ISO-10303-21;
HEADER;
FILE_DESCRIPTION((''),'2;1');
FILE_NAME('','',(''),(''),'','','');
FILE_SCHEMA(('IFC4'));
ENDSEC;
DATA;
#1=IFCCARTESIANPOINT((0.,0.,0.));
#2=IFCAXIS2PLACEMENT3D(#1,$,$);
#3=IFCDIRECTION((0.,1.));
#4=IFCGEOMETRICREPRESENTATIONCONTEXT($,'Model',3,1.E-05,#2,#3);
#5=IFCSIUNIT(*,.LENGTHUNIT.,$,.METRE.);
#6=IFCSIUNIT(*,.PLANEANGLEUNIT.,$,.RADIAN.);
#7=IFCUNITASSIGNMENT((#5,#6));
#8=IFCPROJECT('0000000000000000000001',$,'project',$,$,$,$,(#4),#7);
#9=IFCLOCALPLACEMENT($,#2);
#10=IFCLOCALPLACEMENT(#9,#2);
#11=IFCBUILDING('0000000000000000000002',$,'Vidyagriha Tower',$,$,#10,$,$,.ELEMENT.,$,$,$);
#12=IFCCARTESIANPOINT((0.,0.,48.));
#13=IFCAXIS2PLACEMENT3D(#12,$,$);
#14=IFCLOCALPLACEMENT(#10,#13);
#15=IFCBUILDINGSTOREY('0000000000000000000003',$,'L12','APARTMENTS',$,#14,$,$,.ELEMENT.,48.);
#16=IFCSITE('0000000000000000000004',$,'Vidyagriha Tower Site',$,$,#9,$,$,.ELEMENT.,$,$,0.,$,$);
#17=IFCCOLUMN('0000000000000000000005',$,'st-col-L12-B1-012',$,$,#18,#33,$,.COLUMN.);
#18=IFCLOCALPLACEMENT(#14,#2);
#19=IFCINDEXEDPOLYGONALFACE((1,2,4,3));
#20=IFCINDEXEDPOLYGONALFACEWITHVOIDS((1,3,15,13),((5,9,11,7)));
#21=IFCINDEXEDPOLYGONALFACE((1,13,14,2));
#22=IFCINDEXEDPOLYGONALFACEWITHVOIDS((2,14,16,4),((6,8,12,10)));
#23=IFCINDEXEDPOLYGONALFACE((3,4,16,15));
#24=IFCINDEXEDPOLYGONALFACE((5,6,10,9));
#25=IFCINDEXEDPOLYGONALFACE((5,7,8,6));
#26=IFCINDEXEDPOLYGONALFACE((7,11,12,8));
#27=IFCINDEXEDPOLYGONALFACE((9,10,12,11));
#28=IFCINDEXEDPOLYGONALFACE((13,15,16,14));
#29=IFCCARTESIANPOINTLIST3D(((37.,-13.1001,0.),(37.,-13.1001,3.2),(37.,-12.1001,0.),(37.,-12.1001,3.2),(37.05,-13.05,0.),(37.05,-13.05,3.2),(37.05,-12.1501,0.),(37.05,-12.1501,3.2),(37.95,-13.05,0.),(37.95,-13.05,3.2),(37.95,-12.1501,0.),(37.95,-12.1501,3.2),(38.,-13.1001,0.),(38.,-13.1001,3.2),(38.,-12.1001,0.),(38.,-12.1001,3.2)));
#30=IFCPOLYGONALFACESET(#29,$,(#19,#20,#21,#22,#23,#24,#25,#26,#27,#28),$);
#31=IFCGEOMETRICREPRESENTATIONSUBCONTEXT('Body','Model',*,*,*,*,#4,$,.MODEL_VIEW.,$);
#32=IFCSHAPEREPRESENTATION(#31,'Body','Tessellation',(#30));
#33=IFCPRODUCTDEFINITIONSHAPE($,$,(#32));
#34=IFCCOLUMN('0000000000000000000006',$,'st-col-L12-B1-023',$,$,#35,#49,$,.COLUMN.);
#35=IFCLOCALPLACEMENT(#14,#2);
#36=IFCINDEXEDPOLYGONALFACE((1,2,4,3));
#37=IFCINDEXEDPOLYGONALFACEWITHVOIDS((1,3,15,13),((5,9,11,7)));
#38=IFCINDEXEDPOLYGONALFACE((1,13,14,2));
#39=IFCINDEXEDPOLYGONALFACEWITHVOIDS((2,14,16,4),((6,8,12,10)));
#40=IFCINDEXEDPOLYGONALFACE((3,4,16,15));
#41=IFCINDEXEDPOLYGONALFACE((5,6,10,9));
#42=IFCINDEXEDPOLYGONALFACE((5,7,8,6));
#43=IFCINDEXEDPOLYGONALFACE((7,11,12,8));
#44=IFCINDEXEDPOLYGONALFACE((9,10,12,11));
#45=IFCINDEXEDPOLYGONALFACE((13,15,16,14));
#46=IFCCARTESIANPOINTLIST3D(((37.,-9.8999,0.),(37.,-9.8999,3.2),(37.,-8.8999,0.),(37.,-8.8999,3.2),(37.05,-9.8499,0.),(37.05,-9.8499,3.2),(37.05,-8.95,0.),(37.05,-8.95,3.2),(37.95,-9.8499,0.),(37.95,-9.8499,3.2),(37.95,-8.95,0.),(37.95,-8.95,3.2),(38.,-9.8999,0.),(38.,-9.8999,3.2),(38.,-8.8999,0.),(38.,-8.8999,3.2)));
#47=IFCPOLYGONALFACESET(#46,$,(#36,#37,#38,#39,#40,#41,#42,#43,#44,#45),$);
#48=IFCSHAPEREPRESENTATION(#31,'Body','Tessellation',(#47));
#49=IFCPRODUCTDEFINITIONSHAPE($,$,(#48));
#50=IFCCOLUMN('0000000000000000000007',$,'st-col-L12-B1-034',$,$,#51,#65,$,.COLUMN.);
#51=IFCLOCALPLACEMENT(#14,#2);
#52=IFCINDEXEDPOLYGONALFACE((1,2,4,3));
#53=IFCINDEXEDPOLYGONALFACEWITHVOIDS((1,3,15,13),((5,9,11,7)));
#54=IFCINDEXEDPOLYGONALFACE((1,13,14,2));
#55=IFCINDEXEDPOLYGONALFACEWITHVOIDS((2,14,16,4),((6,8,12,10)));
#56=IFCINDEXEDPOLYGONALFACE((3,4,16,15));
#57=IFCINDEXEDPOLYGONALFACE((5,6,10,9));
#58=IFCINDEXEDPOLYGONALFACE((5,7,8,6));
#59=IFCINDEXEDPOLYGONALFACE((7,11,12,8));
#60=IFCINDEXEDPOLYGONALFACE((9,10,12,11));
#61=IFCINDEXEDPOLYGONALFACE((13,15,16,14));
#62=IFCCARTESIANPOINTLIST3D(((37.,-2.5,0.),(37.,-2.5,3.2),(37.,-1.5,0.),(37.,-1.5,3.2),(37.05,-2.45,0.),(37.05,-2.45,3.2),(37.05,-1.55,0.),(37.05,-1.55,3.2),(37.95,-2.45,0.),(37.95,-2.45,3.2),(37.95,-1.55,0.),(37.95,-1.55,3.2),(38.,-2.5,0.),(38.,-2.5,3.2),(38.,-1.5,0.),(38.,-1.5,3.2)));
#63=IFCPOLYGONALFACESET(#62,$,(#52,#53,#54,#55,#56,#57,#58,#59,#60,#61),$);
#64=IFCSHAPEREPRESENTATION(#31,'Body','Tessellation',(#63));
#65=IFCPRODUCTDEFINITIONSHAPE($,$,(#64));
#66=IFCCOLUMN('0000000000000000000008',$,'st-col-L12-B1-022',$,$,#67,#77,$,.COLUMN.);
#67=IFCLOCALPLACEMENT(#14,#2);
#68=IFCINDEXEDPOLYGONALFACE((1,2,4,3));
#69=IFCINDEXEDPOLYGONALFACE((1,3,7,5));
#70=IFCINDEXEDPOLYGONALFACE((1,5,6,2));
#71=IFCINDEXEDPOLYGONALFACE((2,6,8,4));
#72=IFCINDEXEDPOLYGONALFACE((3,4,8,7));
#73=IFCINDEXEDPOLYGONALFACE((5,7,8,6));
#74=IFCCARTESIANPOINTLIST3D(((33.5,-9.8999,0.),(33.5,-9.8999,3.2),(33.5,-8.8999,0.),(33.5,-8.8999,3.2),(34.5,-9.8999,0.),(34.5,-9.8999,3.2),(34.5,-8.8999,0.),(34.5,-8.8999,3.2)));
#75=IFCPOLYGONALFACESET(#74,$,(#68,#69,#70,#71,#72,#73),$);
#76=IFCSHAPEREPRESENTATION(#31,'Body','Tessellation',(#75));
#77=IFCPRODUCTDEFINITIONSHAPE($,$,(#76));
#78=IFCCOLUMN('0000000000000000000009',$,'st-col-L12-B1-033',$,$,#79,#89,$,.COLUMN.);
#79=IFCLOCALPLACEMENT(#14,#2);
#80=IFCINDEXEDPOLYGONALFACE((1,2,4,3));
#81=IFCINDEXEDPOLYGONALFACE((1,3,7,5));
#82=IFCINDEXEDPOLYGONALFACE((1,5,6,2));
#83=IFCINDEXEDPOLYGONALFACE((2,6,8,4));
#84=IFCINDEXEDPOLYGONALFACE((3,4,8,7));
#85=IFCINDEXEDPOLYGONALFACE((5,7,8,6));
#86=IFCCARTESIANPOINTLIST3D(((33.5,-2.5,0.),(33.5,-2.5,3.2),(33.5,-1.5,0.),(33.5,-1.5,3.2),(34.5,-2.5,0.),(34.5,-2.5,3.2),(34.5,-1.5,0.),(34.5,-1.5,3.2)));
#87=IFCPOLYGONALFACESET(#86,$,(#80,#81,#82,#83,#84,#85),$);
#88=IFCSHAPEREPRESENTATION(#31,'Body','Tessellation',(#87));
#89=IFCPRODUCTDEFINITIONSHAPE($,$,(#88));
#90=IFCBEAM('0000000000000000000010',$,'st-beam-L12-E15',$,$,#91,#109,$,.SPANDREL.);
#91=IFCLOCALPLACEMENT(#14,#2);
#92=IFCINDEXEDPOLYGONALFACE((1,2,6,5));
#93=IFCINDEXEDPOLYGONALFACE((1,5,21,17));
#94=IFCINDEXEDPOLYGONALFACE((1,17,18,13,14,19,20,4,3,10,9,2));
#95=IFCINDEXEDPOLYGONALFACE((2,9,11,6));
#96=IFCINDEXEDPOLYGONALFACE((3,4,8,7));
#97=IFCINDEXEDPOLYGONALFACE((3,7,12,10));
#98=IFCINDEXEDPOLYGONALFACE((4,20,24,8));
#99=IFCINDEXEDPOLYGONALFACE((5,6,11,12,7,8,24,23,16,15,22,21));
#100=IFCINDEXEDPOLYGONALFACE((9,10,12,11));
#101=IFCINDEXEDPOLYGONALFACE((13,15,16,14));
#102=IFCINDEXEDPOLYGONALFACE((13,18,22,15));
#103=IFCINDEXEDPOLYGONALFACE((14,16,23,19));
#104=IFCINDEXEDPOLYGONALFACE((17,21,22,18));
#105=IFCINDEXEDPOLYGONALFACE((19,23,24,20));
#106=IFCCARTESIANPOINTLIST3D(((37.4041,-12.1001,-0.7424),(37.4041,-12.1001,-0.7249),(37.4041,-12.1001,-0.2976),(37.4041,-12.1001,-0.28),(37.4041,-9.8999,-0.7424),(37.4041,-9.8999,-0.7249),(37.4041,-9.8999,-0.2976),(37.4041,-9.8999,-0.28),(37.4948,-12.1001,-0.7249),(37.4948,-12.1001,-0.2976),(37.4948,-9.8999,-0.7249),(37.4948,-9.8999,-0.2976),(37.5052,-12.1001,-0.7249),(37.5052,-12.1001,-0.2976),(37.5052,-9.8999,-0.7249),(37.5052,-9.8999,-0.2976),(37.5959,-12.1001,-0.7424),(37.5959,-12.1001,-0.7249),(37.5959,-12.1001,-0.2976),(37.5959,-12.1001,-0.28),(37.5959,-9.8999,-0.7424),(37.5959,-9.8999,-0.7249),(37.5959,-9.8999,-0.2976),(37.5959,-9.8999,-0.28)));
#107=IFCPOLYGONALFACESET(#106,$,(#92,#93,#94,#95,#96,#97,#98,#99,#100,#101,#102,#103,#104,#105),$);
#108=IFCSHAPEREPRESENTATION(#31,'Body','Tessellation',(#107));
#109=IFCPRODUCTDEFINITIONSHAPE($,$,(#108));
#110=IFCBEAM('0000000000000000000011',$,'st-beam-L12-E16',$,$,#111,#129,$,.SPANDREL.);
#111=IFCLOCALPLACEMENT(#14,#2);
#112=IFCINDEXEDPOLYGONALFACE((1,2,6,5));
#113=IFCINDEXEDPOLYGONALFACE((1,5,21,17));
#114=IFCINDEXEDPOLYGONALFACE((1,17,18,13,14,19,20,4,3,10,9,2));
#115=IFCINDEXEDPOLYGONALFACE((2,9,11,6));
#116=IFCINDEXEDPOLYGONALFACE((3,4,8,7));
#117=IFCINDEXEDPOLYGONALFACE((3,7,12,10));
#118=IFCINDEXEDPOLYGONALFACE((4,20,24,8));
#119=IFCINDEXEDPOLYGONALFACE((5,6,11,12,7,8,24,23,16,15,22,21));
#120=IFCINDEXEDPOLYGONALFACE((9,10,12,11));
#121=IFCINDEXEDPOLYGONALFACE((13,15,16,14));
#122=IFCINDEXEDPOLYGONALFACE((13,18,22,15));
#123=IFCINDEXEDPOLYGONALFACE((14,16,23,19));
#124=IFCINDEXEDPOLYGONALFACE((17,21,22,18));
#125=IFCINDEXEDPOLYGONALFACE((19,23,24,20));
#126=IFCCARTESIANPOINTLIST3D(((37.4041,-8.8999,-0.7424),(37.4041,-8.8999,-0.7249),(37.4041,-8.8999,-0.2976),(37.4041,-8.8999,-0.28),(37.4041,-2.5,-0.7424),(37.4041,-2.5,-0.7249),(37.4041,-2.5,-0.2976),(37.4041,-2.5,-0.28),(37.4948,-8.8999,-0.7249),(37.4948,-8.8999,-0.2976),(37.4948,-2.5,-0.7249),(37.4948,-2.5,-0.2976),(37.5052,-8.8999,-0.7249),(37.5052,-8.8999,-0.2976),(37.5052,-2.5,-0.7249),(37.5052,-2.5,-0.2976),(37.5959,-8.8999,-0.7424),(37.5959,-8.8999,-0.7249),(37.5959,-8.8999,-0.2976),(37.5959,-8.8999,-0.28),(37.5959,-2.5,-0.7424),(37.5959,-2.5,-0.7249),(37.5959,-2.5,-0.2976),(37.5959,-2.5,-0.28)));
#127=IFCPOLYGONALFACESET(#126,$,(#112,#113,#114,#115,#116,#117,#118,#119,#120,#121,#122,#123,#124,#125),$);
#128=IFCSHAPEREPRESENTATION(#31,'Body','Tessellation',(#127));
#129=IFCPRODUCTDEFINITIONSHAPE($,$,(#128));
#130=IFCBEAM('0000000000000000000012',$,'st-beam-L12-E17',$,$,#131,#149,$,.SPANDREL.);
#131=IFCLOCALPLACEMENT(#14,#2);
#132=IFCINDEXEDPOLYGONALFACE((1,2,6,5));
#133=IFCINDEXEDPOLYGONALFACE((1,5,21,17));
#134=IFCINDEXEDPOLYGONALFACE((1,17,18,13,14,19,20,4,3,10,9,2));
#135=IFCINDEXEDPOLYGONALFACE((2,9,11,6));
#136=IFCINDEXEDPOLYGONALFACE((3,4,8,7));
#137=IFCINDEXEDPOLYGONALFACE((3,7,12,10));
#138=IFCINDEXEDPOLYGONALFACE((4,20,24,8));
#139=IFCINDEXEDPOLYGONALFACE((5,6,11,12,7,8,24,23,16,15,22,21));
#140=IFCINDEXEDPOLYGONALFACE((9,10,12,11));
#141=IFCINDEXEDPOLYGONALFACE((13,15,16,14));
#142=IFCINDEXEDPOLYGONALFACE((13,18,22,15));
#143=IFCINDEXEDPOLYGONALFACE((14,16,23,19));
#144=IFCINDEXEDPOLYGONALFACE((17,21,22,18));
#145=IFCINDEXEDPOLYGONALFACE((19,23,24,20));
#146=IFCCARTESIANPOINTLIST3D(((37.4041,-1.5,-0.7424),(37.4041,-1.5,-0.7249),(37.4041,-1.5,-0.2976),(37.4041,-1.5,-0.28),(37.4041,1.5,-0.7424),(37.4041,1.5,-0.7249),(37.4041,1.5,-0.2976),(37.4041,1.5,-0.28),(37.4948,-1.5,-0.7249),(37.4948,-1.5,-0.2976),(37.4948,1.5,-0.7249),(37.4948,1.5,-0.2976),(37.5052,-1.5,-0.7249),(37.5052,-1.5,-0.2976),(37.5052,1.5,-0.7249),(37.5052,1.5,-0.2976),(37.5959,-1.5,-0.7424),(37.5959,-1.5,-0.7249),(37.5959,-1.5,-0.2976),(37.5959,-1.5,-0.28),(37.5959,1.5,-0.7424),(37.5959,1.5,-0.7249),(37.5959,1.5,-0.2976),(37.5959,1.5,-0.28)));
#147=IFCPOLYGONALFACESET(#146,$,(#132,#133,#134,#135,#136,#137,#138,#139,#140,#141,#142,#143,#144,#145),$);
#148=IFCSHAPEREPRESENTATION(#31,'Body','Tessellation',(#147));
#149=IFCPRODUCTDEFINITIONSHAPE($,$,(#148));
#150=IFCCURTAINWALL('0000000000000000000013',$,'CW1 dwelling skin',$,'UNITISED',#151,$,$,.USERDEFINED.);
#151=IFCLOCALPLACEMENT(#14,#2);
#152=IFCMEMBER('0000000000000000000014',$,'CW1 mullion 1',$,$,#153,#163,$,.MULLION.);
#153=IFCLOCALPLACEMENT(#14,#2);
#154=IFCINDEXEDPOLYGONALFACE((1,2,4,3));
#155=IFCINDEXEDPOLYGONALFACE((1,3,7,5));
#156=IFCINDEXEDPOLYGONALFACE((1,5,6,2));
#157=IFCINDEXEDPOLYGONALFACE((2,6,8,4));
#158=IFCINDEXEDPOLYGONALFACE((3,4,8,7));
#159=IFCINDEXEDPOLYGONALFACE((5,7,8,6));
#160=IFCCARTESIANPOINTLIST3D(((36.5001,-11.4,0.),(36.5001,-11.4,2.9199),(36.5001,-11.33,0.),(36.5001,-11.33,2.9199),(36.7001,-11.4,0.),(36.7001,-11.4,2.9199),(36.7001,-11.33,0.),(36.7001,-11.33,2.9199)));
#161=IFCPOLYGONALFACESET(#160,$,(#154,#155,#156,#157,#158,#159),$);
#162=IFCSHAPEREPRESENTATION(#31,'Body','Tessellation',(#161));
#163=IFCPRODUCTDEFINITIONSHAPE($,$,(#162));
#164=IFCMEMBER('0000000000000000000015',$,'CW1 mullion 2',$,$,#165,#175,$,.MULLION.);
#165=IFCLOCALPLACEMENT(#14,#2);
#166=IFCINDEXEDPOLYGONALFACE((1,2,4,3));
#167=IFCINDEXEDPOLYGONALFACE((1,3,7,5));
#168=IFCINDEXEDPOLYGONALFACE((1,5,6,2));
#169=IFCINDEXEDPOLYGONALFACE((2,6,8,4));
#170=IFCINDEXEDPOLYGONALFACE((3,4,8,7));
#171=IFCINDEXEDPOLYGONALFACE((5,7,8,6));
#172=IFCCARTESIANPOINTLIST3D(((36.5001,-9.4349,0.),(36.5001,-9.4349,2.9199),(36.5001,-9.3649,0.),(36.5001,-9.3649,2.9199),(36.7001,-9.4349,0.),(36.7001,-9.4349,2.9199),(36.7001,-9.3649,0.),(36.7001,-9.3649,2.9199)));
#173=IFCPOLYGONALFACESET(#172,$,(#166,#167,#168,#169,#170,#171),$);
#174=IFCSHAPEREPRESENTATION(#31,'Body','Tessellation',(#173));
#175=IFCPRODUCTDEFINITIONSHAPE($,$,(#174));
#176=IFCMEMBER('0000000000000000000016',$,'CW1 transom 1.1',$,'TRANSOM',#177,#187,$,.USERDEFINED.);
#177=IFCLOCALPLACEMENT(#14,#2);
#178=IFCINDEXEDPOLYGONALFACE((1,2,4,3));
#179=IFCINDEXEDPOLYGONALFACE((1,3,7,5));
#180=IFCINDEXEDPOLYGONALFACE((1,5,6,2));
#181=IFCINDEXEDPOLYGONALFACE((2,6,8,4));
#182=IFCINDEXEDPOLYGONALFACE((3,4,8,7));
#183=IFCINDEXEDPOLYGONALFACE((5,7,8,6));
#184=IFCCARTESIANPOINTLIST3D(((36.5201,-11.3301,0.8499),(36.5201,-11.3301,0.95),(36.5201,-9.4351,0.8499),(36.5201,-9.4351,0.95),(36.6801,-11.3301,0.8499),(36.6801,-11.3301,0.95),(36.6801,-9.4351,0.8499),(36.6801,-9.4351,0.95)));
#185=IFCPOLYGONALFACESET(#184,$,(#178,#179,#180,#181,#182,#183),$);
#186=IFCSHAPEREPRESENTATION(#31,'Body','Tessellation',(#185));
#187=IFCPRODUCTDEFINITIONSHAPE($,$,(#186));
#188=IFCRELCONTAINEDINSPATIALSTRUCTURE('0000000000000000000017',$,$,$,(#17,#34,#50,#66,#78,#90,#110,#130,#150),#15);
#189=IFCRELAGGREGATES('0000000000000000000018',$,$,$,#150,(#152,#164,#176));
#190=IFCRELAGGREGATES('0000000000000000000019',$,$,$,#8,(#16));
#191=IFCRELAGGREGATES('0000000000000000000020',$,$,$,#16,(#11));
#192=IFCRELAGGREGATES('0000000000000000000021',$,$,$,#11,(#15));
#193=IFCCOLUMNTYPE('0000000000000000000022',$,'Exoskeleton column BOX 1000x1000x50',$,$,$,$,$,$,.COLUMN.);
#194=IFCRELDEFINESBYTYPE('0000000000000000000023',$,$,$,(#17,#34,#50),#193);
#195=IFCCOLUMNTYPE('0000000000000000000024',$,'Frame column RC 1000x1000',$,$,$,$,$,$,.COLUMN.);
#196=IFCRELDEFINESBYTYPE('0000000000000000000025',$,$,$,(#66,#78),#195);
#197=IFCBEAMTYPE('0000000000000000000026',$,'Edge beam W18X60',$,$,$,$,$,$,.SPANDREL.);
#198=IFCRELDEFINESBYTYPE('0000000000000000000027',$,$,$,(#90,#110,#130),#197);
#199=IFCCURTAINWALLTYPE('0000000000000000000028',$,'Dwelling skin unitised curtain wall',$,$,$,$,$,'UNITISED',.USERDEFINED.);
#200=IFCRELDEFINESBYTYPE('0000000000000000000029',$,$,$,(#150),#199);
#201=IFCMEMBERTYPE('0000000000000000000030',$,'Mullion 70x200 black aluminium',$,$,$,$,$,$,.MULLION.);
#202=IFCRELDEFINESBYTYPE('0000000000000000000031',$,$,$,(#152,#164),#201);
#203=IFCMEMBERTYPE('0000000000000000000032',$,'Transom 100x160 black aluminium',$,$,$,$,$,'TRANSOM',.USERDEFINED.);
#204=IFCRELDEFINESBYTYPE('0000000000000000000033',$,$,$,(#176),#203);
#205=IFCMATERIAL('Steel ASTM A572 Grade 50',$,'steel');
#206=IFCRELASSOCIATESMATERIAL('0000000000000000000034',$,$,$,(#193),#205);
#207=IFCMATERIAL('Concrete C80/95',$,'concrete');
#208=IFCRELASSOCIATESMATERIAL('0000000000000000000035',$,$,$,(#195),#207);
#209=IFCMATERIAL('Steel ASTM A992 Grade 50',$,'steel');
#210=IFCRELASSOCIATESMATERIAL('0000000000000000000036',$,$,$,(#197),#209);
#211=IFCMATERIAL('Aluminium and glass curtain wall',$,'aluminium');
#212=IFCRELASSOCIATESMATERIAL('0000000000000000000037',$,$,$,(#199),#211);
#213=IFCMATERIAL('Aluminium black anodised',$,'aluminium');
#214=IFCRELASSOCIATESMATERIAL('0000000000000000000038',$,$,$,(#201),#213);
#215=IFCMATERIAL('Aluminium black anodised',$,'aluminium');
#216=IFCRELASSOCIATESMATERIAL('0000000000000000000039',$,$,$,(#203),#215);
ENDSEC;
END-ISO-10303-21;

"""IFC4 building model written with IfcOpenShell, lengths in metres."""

from ifc_helpers import new_model, si_unit, direction, frame, origin, origin_2d, place, context, subcontext, project, spatial, rectangle, hollow_rectangle, i_section, extrude, material, material_profile, profile_set, type_object, element, aggregate, save


model = new_model("IFC4")

# Units and contexts
model_context = context("Model", 3, precision=1e-05, world=origin(), true_north=direction((0.0, 1.0)))
body_context = subcontext(model_context, "Body", "Model", "MODEL_VIEW")
ifc_project = project(units=[si_unit("LENGTHUNIT", "METRE"), si_unit("PLANEANGLEUNIT", "RADIAN")], contexts=[model_context])

# Site, building, storey
site_placement = place(None, origin())
site = spatial("IfcSite", under=ifc_project, at=site_placement, Name="Vidyagriha Tower Site", CompositionType="ELEMENT", RefElevation=0.0)
building_placement = place(site_placement, origin())
building = spatial("IfcBuilding", under=site, at=building_placement, Name="Vidyagriha Tower", CompositionType="ELEMENT")
storey_placement = place(building_placement, frame((0.0, 0.0, 48.0)))
storey = spatial("IfcBuildingStorey", under=building, at=storey_placement, Name="L12", Description="APARTMENTS", CompositionType="ELEMENT", Elevation=48.0)

# Columns
ifc_material_1 = material(Name="Steel ASTM A572 Grade 50", Category="steel")
ifc_material_profile_1 = material_profile(ifc_material_1, hollow_rectangle(XDim=1.0, YDim=1.0, WallThickness=0.05, at=origin_2d()), Name="BOX 1000x1000x50")
ifc_profile_set_1 = profile_set([ifc_material_profile_1], Name="Steel ASTM A572 Grade 50")
column_type_1 = type_object("IfcColumnType", Name="Exoskeleton column BOX 1000x1000x50", PredefinedType="COLUMN", material=ifc_profile_set_1)
for number, where, name in (
    (1, (37.5, -12.6001, 0.0), "st-col-L12-B1-012"),
    (2, (37.5, -9.3999, 0.0), "st-col-L12-B1-023"),
    (3, (37.5, -2.0, 0.0), "st-col-L12-B1-034"),
):
    element("IfcColumn", number, at=place(storey_placement, frame(where)), inside=storey, type_object=column_type_1, Name=name, PredefinedType="COLUMN", context=body_context, shape_type="SweptSolid", body=[
        extrude(hollow_rectangle(XDim=1.0, YDim=1.0, WallThickness=0.05, at=origin_2d()), origin(), (0.0, 0.0, 1.0), 3.2),
    ])
ifc_material_2 = material(Name="Concrete C80/95", Category="concrete")
ifc_material_profile_2 = material_profile(ifc_material_2, rectangle(XDim=1.0, YDim=1.0, at=origin_2d()), Name="RC 1000x1000")
ifc_profile_set_2 = profile_set([ifc_material_profile_2], Name="Concrete C80/95")
column_type_2 = type_object("IfcColumnType", Name="Frame column RC 1000x1000", PredefinedType="COLUMN", material=ifc_profile_set_2)
for number, where, name in (
    (4, (34.0, -9.3999, 0.0), "st-col-L12-B1-022"),
    (5, (34.0, -2.0, 0.0), "st-col-L12-B1-033"),
):
    element("IfcColumn", number, at=place(storey_placement, frame(where)), inside=storey, type_object=column_type_2, Name=name, PredefinedType="COLUMN", context=body_context, shape_type="SweptSolid", body=[
        extrude(rectangle(XDim=1.0, YDim=1.0, at=origin_2d()), origin(), (0.0, 0.0, 1.0), 3.2),
    ])

# Beams
ifc_material_3 = material(Name="Steel ASTM A992 Grade 50", Category="steel")
ifc_material_profile_3 = material_profile(ifc_material_3, i_section(OverallWidth=0.1919, OverallDepth=0.4624, WebThickness=0.0105, FlangeThickness=0.0176, at=origin_2d()), Name="W18X60")
ifc_profile_set_3 = profile_set([ifc_material_profile_3], Name="Steel ASTM A992 Grade 50")
beam_type = type_object("IfcBeamType", Name="Edge beam W18X60", PredefinedType="SPANDREL", material=ifc_profile_set_3)
beam_1_placement = place(storey_placement, frame((37.5, -12.1001, -0.5112), z_axis=(0.0, 1.0, 0.0), x_axis=(-1.0, 0.0, 0.0)))
element("IfcBeam", 6, at=beam_1_placement, inside=storey, type_object=beam_type, Name="st-beam-L12-E15", PredefinedType="SPANDREL", context=body_context, shape_type="SweptSolid", body=[
    extrude(i_section(OverallWidth=0.1919, OverallDepth=0.4624, WebThickness=0.0105, FlangeThickness=0.0176, at=origin_2d()), origin(), (0.0, 0.0, 1.0), 2.2002),
])
beam_2_placement = place(storey_placement, frame((37.5, -8.8999, -0.5112), z_axis=(0.0, 1.0, 0.0), x_axis=(-1.0, 0.0, 0.0)))
element("IfcBeam", 7, at=beam_2_placement, inside=storey, type_object=beam_type, Name="st-beam-L12-E16", PredefinedType="SPANDREL", context=body_context, shape_type="SweptSolid", body=[
    extrude(i_section(OverallWidth=0.1919, OverallDepth=0.4624, WebThickness=0.0105, FlangeThickness=0.0176, at=origin_2d()), origin(), (0.0, 0.0, 1.0), 6.3999),
])
beam_3_placement = place(storey_placement, frame((37.5, -1.5, -0.5112), z_axis=(0.0, 1.0, 0.0), x_axis=(-1.0, 0.0, 0.0)))
element("IfcBeam", 8, at=beam_3_placement, inside=storey, type_object=beam_type, Name="st-beam-L12-E17", PredefinedType="SPANDREL", context=body_context, shape_type="SweptSolid", body=[
    extrude(i_section(OverallWidth=0.1919, OverallDepth=0.4624, WebThickness=0.0105, FlangeThickness=0.0176, at=origin_2d()), origin(), (0.0, 0.0, 1.0), 3.0),
])

# Curtain wall, members
ifc_material_4 = material(Name="Aluminium and glass curtain wall", Category="aluminium")
curtain_wall_type = type_object("IfcCurtainWallType", Name="Dwelling skin unitised curtain wall", ElementType="UNITISED", PredefinedType="USERDEFINED", material=ifc_material_4)
curtain_wall_1_placement = place(storey_placement, origin())
curtain_wall_1 = element("IfcCurtainWall", 9, at=curtain_wall_1_placement, inside=storey, type_object=curtain_wall_type, Name="CW1 dwelling skin", ObjectType="UNITISED", PredefinedType="USERDEFINED")
ifc_material_5 = material(Name="Aluminium black anodised", Category="aluminium")
ifc_material_profile_4 = material_profile(ifc_material_5, rectangle(XDim=0.2, YDim=0.0701, at=origin_2d()), Name="Mullion 70x200 black aluminium")
ifc_profile_set_4 = profile_set([ifc_material_profile_4], Name="Aluminium black anodised")
member_type_1 = type_object("IfcMemberType", Name="Mullion 70x200 black aluminium", PredefinedType="MULLION", material=ifc_profile_set_4)
member_1_placement = place(storey_placement, frame((36.6001, -11.365, 0.0), z_axis=(0.0, 0.0, 1.0), x_axis=(-1.0, 0.0, 0.0)))
member_1 = element("IfcMember", 10, at=member_1_placement, type_object=member_type_1, Name="CW1 mullion 1", PredefinedType="MULLION", context=body_context, shape_type="SweptSolid", body=[
    extrude(rectangle(XDim=0.2, YDim=0.0701, at=origin_2d()), origin(), (0.0, 0.0, 1.0), 2.9199),
])
member_2_placement = place(storey_placement, frame((36.6001, -9.3999, 0.0), z_axis=(0.0, 0.0, 1.0), x_axis=(-1.0, 0.0, 0.0)))
member_2 = element("IfcMember", 11, at=member_2_placement, type_object=member_type_1, Name="CW1 mullion 2", PredefinedType="MULLION", context=body_context, shape_type="SweptSolid", body=[
    extrude(rectangle(XDim=0.2, YDim=0.0701, at=origin_2d()), origin(), (0.0, 0.0, 1.0), 2.9199),
])
ifc_material_6 = material(Name="Aluminium black anodised", Category="aluminium")
ifc_material_profile_5 = material_profile(ifc_material_6, rectangle(XDim=0.1599, YDim=0.1001, at=origin_2d()), Name="Transom 100x160 black aluminium")
ifc_profile_set_5 = profile_set([ifc_material_profile_5], Name="Aluminium black anodised")
member_type_2 = type_object("IfcMemberType", Name="Transom 100x160 black aluminium", ElementType="TRANSOM", PredefinedType="USERDEFINED", material=ifc_profile_set_5)
member_3_placement = place(storey_placement, frame((36.6001, -11.3301, 0.8999), z_axis=(0.0, 1.0, 0.0), x_axis=(-1.0, 0.0, 0.0)))
member_3 = element("IfcMember", 12, at=member_3_placement, type_object=member_type_2, Name="CW1 transom 1.1", ObjectType="TRANSOM", PredefinedType="USERDEFINED", context=body_context, shape_type="SweptSolid", body=[
    extrude(rectangle(XDim=0.1599, YDim=0.1001, at=origin_2d()), origin(), (0.0, 0.0, 1.0), 1.895),
])

aggregate(curtain_wall_1, [member_1, member_2, member_3])

save(model, "model.ifc")
